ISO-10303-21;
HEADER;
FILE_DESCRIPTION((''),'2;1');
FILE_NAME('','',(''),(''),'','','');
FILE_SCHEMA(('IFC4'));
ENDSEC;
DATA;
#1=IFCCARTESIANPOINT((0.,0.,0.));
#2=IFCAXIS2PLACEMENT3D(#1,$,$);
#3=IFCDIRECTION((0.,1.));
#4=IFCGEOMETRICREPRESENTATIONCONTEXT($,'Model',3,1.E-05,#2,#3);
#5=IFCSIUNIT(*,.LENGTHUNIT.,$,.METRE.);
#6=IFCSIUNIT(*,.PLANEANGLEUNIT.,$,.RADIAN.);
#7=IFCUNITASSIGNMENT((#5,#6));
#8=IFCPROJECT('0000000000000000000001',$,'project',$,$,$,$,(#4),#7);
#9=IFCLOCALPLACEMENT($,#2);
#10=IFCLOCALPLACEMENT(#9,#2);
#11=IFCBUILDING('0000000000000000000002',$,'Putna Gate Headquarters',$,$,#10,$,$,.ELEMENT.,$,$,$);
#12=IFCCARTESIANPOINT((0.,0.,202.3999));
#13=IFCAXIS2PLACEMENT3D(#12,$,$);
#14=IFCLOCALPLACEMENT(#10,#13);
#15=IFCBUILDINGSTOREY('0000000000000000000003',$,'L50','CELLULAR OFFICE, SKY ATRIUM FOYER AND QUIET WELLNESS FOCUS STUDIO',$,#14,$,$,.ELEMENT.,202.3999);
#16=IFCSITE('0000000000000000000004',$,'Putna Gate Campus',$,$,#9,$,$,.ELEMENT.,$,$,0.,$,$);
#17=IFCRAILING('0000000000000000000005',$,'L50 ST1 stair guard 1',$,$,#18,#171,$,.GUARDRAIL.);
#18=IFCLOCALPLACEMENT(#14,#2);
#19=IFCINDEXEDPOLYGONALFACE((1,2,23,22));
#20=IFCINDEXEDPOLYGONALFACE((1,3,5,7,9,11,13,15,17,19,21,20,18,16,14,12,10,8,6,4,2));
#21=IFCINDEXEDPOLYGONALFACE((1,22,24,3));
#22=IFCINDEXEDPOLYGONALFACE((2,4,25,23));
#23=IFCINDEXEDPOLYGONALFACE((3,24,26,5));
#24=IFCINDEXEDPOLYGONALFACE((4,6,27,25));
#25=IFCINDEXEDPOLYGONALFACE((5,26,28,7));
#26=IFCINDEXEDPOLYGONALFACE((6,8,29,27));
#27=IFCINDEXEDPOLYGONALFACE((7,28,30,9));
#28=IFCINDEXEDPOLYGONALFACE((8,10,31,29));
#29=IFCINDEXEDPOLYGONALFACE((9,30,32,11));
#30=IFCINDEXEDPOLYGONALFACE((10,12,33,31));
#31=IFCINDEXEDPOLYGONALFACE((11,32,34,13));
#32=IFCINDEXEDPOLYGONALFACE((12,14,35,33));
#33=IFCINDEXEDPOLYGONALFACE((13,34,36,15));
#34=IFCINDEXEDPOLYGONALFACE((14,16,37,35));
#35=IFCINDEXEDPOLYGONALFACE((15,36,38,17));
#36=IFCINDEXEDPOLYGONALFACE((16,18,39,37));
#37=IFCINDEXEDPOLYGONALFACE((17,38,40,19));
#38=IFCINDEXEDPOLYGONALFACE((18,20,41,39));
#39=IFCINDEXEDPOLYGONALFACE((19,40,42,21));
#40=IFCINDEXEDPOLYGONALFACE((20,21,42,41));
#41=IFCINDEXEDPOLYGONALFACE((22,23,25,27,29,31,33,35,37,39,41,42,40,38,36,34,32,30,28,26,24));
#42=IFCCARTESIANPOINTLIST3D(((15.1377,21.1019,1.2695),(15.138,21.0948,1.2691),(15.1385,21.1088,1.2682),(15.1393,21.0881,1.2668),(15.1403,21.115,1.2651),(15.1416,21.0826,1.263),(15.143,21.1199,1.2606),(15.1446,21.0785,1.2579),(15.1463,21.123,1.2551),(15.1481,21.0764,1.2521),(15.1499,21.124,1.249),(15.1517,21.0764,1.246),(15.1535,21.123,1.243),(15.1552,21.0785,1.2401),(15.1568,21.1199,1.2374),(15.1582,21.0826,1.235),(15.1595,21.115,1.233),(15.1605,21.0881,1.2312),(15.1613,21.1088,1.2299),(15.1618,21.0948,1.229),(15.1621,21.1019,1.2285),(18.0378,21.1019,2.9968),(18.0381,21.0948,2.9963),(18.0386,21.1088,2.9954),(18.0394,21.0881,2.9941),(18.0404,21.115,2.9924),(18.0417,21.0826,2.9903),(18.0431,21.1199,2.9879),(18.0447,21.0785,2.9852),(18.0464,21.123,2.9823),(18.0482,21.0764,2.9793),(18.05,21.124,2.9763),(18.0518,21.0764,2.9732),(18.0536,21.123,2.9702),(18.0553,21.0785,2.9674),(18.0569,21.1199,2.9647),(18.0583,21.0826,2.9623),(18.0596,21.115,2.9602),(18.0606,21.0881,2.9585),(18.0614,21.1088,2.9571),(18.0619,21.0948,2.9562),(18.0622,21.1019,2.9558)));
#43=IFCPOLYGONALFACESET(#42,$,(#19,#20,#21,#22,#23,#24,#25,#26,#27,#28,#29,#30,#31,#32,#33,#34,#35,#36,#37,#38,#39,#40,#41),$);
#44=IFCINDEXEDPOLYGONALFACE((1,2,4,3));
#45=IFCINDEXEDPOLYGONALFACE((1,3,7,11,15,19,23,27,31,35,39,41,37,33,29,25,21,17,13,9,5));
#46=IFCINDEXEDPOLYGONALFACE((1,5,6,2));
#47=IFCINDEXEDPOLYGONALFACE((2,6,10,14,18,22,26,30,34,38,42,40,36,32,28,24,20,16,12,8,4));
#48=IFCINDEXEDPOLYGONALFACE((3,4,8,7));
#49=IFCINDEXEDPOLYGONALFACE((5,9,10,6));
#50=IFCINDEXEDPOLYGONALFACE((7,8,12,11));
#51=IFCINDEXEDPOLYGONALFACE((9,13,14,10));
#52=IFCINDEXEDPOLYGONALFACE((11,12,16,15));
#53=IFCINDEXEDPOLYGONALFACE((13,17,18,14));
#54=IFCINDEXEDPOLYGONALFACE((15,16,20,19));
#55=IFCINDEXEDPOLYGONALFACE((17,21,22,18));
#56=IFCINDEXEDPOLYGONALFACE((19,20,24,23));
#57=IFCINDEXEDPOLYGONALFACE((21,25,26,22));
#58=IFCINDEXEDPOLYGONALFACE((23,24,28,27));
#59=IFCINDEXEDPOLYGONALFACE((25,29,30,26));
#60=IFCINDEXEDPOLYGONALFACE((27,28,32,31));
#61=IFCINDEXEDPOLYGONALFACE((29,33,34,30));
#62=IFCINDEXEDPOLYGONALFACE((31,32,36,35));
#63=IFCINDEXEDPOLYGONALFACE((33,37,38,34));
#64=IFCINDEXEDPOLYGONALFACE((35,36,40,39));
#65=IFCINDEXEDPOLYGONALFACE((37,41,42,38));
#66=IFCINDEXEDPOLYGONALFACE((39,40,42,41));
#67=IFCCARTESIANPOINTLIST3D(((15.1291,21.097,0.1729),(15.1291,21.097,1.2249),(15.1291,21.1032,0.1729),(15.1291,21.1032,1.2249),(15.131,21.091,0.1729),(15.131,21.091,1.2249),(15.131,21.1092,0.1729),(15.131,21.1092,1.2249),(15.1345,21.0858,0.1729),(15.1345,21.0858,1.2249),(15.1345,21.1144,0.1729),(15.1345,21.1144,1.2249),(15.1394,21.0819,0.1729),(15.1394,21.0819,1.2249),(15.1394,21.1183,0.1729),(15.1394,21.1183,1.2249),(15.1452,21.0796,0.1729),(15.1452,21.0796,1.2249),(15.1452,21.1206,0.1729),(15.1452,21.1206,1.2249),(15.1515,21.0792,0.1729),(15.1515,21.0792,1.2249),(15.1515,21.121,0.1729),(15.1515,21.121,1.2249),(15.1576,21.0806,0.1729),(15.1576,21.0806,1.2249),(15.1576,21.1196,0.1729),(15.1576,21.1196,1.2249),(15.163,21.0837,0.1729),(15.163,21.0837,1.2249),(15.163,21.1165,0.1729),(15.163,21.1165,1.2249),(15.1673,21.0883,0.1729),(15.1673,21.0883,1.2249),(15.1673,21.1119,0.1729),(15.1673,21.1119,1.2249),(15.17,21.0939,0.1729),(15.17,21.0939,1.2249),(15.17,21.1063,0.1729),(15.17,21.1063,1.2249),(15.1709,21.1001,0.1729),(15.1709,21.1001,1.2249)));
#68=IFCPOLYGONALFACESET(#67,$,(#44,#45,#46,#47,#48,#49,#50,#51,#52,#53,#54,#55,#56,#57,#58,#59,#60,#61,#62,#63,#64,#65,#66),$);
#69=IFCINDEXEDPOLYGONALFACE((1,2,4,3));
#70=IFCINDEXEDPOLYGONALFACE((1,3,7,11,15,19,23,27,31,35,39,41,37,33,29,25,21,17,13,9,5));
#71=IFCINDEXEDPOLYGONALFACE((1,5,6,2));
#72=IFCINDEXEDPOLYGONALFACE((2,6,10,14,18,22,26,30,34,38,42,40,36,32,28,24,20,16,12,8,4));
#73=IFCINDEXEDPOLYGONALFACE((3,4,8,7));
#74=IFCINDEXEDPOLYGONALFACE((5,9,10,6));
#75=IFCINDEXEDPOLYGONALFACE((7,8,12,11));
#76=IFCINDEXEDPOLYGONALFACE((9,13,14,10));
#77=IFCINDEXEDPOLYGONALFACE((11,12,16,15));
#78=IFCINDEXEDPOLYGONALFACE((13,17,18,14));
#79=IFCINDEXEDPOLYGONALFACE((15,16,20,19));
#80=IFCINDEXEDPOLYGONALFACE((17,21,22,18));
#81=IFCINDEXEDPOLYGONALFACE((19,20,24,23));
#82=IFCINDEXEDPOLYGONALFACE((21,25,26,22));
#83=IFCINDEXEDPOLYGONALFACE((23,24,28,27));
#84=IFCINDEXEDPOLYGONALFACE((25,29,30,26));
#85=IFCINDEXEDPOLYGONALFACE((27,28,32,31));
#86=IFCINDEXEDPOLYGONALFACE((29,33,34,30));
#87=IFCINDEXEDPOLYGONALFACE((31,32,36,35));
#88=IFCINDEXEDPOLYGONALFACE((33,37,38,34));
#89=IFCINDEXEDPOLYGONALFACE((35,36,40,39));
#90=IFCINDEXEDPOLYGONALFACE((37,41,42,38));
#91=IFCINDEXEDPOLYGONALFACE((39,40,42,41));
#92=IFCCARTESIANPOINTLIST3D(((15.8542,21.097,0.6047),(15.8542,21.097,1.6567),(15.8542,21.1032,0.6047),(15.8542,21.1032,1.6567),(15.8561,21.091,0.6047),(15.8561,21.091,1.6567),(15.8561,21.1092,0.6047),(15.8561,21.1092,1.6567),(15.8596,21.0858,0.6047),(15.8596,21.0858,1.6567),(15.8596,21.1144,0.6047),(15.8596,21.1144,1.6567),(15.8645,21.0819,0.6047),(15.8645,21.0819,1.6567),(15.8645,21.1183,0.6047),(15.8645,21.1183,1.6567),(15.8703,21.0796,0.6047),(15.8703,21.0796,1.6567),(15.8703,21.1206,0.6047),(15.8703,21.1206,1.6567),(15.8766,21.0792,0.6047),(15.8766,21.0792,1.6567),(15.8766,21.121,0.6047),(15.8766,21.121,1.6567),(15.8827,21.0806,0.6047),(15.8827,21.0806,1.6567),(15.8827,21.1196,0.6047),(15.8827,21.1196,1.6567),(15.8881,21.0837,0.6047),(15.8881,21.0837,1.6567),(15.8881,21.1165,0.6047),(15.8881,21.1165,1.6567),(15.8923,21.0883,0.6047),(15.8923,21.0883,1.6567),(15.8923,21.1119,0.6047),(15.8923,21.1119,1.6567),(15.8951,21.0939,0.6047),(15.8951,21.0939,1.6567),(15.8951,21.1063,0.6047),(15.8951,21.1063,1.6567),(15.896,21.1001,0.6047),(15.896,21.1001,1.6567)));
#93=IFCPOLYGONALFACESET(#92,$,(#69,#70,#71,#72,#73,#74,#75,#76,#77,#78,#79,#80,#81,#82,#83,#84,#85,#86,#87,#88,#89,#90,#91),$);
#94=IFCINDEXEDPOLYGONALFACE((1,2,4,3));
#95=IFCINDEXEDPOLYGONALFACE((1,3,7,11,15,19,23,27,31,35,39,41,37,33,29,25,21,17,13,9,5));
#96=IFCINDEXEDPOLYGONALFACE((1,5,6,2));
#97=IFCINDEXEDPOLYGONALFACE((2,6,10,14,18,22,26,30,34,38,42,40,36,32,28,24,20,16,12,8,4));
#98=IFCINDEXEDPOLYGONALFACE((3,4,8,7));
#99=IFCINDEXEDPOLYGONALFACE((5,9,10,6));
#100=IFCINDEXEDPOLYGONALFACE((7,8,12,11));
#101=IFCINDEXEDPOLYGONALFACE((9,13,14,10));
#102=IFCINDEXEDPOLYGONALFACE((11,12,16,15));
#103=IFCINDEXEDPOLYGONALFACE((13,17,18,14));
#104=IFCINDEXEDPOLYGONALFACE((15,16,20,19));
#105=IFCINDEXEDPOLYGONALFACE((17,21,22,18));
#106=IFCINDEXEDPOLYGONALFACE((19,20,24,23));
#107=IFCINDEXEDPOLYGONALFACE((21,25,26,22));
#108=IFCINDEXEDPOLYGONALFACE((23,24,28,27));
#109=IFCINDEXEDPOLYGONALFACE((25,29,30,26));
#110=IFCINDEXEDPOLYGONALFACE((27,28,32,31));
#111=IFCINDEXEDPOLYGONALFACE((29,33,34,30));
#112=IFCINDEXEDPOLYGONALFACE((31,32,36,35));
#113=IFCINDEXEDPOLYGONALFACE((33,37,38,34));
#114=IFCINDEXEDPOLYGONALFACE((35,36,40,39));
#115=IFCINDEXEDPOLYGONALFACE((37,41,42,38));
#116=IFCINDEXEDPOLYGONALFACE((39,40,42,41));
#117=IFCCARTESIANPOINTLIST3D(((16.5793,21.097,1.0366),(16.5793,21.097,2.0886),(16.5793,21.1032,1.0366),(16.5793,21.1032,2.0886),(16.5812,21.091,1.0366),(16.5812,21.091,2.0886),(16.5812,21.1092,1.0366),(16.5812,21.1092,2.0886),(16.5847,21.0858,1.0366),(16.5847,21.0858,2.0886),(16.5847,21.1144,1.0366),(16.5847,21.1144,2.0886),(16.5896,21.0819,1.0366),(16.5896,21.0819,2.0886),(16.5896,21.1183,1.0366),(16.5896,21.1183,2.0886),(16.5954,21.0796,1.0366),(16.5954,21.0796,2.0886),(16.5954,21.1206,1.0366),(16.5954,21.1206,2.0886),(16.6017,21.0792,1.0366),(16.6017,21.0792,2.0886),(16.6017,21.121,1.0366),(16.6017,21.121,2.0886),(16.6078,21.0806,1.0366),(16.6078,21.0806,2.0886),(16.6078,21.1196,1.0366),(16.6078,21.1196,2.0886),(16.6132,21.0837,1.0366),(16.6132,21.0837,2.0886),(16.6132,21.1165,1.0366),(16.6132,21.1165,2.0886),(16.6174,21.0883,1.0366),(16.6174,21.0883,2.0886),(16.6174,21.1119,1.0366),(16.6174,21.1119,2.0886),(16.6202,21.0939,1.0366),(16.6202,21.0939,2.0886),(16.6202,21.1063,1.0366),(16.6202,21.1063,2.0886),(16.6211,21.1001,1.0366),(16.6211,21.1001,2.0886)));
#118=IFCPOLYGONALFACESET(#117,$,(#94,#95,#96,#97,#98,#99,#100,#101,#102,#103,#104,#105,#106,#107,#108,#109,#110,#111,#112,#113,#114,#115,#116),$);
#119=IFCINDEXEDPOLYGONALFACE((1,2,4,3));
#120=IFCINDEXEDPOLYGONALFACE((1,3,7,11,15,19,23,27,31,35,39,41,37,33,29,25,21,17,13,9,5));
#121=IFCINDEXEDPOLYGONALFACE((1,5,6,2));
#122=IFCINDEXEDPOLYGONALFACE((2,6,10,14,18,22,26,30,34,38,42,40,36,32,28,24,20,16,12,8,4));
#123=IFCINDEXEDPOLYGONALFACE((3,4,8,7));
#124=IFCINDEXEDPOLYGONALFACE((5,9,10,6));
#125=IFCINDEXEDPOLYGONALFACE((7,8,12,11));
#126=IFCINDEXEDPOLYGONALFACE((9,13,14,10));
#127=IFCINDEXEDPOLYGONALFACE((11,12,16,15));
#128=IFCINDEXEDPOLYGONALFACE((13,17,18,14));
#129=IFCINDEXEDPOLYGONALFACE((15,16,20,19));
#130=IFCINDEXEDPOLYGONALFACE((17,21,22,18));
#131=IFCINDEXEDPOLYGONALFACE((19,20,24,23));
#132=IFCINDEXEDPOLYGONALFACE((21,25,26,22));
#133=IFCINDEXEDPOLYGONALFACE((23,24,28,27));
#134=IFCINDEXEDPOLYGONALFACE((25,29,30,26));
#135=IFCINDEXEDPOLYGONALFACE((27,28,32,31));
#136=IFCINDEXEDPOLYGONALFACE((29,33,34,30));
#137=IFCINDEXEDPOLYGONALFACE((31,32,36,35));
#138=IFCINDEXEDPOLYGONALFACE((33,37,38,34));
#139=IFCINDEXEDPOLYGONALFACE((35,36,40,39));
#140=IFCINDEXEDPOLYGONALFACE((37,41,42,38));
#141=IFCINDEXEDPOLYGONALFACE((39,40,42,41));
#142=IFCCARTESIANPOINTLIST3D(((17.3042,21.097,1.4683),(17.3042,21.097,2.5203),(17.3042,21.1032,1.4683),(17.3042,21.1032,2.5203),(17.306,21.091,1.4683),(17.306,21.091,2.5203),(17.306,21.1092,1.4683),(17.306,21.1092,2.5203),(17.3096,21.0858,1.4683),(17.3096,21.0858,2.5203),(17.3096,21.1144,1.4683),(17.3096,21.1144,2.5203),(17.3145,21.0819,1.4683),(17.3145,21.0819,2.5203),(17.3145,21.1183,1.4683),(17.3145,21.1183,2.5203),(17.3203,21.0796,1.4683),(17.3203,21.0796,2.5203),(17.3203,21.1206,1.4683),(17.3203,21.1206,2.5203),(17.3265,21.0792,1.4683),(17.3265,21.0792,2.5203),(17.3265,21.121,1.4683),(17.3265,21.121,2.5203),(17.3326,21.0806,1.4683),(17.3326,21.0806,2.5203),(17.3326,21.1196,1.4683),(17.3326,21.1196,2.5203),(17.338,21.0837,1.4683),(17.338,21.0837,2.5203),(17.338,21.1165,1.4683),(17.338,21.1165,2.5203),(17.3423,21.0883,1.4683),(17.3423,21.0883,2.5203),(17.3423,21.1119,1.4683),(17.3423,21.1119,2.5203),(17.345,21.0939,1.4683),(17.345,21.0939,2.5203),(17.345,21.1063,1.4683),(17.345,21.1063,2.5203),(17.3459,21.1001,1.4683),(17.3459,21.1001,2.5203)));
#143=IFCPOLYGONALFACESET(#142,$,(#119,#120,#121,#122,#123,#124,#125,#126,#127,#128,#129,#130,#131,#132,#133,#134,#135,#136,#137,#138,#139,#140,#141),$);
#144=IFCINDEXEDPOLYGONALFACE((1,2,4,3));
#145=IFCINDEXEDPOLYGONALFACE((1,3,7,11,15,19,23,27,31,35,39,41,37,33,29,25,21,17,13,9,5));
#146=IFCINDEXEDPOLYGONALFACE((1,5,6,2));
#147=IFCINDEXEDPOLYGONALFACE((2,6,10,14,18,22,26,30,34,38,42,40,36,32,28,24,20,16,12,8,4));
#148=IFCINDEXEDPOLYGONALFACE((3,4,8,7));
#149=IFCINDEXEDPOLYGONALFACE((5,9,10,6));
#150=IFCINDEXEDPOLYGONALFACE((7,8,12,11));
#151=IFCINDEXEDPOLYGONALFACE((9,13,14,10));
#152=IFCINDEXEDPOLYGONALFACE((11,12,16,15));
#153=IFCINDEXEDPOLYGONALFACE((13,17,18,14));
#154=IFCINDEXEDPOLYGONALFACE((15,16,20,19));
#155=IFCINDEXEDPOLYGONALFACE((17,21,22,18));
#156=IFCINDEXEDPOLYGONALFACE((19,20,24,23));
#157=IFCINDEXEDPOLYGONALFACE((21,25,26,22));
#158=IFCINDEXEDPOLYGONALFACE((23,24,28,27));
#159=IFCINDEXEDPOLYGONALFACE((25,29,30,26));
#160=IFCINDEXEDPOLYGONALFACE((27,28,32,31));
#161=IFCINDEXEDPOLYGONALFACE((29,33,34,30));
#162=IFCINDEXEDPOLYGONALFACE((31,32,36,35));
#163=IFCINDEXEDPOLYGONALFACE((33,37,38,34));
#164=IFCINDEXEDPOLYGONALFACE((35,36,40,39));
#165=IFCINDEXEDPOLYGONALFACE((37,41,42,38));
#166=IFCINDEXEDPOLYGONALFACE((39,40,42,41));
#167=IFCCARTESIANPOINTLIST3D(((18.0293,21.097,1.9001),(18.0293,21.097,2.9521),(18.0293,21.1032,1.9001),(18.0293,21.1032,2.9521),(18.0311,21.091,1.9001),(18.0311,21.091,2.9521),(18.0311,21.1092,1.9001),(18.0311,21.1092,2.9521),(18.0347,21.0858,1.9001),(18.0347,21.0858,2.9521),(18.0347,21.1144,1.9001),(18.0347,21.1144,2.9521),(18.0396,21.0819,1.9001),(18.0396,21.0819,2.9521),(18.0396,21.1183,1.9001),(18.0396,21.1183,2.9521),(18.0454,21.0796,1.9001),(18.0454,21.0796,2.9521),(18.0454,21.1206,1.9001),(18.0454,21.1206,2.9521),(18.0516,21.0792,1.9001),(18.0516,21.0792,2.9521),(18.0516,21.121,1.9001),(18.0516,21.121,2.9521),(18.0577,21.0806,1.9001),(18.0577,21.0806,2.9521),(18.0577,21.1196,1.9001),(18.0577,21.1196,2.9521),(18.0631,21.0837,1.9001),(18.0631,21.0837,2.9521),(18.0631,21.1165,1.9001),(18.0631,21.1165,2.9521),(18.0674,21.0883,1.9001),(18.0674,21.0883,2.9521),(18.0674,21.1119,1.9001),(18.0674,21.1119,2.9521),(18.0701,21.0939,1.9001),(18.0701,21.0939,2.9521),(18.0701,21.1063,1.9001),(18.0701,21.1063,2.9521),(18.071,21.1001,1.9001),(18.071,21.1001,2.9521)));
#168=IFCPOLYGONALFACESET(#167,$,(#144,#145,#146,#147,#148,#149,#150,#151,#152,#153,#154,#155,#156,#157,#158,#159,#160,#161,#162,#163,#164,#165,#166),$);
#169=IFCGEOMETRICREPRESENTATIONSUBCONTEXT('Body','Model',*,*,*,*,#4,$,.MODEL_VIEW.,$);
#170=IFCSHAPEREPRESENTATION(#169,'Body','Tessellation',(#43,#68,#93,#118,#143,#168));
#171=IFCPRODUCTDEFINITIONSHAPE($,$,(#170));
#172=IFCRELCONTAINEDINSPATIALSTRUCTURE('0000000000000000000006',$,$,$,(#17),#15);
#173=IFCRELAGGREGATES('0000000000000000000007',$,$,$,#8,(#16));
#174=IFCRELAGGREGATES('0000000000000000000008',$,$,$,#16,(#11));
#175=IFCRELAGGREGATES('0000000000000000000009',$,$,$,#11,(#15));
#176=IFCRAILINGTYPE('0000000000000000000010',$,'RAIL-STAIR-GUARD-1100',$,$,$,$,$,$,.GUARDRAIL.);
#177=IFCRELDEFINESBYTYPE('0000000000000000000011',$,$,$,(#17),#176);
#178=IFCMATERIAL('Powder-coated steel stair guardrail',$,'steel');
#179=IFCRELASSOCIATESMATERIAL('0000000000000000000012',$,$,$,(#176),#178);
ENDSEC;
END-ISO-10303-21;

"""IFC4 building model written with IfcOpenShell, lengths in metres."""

from ifc_helpers import new_model, si_unit, direction, frame, origin, origin_2d, place, context, subcontext, project, spatial, circle, extrude, material, type_object, element, save


model = new_model("IFC4")

# Units and contexts
model_context = context("Model", 3, precision=1e-05, world=origin(), true_north=direction((0.0, 1.0)))
body_context = subcontext(model_context, "Body", "Model", "MODEL_VIEW")
ifc_project = project(units=[si_unit("LENGTHUNIT", "METRE"), si_unit("PLANEANGLEUNIT", "RADIAN")], contexts=[model_context])

# Site, building, storey
site_placement = place(None, origin())
site = spatial("IfcSite", under=ifc_project, at=site_placement, Name="Putna Gate Campus", CompositionType="ELEMENT", RefElevation=0.0)
building_placement = place(site_placement, origin())
building = spatial("IfcBuilding", under=site, at=building_placement, Name="Putna Gate Headquarters", CompositionType="ELEMENT")
storey_placement = place(building_placement, frame((0.0, 0.0, 202.3999)))
storey = spatial("IfcBuildingStorey", under=building, at=storey_placement, Name="L50", Description="CELLULAR OFFICE, SKY ATRIUM FOYER AND QUIET WELLNESS FOCUS STUDIO", CompositionType="ELEMENT", Elevation=202.3999)

# Railing
ifc_material_1 = material(Name="Powder-coated steel stair guardrail", Category="steel")
railing_type_1 = type_object("IfcRailingType", Name="RAIL-STAIR-GUARD-1100", PredefinedType="GUARDRAIL", material=ifc_material_1)
railing_1_placement = place(storey_placement, frame((15.1499, 21.1001, 0.1729)))
element("IfcRailing", 1, at=railing_1_placement, inside=storey, type_object=railing_type_1, Name="L50 ST1 stair guard 1", PredefinedType="GUARDRAIL", context=body_context, shape_type="SweptSolid", body=[
    extrude(circle(Radius=0.0239, at=origin_2d()), frame((0.0, 0.0, 1.0762), z_axis=(0.85916, 0.0, 0.511706), x_axis=(0.0, 1.0, 0.0)), (0.0, 0.0, 1.0), 3.3755),
    extrude(circle(Radius=0.021, at=origin_2d()), origin(), (0.0, 0.0, 1.0), 1.052),
    extrude(circle(Radius=0.021, at=origin_2d()), frame((0.7251, 0.0, 0.4319)), (0.0, 0.0, 1.0), 1.052),
    extrude(circle(Radius=0.021, at=origin_2d()), frame((1.4502, 0.0, 0.8638)), (0.0, 0.0, 1.0), 1.052),
    extrude(circle(Radius=0.021, at=origin_2d()), frame((2.175, 0.0, 1.2954)), (0.0, 0.0, 1.0), 1.052),
    extrude(circle(Radius=0.021, at=origin_2d()), frame((2.9001, 0.0, 1.7273)), (0.0, 0.0, 1.0), 1.052),
])

save(model, "model.ifc")
